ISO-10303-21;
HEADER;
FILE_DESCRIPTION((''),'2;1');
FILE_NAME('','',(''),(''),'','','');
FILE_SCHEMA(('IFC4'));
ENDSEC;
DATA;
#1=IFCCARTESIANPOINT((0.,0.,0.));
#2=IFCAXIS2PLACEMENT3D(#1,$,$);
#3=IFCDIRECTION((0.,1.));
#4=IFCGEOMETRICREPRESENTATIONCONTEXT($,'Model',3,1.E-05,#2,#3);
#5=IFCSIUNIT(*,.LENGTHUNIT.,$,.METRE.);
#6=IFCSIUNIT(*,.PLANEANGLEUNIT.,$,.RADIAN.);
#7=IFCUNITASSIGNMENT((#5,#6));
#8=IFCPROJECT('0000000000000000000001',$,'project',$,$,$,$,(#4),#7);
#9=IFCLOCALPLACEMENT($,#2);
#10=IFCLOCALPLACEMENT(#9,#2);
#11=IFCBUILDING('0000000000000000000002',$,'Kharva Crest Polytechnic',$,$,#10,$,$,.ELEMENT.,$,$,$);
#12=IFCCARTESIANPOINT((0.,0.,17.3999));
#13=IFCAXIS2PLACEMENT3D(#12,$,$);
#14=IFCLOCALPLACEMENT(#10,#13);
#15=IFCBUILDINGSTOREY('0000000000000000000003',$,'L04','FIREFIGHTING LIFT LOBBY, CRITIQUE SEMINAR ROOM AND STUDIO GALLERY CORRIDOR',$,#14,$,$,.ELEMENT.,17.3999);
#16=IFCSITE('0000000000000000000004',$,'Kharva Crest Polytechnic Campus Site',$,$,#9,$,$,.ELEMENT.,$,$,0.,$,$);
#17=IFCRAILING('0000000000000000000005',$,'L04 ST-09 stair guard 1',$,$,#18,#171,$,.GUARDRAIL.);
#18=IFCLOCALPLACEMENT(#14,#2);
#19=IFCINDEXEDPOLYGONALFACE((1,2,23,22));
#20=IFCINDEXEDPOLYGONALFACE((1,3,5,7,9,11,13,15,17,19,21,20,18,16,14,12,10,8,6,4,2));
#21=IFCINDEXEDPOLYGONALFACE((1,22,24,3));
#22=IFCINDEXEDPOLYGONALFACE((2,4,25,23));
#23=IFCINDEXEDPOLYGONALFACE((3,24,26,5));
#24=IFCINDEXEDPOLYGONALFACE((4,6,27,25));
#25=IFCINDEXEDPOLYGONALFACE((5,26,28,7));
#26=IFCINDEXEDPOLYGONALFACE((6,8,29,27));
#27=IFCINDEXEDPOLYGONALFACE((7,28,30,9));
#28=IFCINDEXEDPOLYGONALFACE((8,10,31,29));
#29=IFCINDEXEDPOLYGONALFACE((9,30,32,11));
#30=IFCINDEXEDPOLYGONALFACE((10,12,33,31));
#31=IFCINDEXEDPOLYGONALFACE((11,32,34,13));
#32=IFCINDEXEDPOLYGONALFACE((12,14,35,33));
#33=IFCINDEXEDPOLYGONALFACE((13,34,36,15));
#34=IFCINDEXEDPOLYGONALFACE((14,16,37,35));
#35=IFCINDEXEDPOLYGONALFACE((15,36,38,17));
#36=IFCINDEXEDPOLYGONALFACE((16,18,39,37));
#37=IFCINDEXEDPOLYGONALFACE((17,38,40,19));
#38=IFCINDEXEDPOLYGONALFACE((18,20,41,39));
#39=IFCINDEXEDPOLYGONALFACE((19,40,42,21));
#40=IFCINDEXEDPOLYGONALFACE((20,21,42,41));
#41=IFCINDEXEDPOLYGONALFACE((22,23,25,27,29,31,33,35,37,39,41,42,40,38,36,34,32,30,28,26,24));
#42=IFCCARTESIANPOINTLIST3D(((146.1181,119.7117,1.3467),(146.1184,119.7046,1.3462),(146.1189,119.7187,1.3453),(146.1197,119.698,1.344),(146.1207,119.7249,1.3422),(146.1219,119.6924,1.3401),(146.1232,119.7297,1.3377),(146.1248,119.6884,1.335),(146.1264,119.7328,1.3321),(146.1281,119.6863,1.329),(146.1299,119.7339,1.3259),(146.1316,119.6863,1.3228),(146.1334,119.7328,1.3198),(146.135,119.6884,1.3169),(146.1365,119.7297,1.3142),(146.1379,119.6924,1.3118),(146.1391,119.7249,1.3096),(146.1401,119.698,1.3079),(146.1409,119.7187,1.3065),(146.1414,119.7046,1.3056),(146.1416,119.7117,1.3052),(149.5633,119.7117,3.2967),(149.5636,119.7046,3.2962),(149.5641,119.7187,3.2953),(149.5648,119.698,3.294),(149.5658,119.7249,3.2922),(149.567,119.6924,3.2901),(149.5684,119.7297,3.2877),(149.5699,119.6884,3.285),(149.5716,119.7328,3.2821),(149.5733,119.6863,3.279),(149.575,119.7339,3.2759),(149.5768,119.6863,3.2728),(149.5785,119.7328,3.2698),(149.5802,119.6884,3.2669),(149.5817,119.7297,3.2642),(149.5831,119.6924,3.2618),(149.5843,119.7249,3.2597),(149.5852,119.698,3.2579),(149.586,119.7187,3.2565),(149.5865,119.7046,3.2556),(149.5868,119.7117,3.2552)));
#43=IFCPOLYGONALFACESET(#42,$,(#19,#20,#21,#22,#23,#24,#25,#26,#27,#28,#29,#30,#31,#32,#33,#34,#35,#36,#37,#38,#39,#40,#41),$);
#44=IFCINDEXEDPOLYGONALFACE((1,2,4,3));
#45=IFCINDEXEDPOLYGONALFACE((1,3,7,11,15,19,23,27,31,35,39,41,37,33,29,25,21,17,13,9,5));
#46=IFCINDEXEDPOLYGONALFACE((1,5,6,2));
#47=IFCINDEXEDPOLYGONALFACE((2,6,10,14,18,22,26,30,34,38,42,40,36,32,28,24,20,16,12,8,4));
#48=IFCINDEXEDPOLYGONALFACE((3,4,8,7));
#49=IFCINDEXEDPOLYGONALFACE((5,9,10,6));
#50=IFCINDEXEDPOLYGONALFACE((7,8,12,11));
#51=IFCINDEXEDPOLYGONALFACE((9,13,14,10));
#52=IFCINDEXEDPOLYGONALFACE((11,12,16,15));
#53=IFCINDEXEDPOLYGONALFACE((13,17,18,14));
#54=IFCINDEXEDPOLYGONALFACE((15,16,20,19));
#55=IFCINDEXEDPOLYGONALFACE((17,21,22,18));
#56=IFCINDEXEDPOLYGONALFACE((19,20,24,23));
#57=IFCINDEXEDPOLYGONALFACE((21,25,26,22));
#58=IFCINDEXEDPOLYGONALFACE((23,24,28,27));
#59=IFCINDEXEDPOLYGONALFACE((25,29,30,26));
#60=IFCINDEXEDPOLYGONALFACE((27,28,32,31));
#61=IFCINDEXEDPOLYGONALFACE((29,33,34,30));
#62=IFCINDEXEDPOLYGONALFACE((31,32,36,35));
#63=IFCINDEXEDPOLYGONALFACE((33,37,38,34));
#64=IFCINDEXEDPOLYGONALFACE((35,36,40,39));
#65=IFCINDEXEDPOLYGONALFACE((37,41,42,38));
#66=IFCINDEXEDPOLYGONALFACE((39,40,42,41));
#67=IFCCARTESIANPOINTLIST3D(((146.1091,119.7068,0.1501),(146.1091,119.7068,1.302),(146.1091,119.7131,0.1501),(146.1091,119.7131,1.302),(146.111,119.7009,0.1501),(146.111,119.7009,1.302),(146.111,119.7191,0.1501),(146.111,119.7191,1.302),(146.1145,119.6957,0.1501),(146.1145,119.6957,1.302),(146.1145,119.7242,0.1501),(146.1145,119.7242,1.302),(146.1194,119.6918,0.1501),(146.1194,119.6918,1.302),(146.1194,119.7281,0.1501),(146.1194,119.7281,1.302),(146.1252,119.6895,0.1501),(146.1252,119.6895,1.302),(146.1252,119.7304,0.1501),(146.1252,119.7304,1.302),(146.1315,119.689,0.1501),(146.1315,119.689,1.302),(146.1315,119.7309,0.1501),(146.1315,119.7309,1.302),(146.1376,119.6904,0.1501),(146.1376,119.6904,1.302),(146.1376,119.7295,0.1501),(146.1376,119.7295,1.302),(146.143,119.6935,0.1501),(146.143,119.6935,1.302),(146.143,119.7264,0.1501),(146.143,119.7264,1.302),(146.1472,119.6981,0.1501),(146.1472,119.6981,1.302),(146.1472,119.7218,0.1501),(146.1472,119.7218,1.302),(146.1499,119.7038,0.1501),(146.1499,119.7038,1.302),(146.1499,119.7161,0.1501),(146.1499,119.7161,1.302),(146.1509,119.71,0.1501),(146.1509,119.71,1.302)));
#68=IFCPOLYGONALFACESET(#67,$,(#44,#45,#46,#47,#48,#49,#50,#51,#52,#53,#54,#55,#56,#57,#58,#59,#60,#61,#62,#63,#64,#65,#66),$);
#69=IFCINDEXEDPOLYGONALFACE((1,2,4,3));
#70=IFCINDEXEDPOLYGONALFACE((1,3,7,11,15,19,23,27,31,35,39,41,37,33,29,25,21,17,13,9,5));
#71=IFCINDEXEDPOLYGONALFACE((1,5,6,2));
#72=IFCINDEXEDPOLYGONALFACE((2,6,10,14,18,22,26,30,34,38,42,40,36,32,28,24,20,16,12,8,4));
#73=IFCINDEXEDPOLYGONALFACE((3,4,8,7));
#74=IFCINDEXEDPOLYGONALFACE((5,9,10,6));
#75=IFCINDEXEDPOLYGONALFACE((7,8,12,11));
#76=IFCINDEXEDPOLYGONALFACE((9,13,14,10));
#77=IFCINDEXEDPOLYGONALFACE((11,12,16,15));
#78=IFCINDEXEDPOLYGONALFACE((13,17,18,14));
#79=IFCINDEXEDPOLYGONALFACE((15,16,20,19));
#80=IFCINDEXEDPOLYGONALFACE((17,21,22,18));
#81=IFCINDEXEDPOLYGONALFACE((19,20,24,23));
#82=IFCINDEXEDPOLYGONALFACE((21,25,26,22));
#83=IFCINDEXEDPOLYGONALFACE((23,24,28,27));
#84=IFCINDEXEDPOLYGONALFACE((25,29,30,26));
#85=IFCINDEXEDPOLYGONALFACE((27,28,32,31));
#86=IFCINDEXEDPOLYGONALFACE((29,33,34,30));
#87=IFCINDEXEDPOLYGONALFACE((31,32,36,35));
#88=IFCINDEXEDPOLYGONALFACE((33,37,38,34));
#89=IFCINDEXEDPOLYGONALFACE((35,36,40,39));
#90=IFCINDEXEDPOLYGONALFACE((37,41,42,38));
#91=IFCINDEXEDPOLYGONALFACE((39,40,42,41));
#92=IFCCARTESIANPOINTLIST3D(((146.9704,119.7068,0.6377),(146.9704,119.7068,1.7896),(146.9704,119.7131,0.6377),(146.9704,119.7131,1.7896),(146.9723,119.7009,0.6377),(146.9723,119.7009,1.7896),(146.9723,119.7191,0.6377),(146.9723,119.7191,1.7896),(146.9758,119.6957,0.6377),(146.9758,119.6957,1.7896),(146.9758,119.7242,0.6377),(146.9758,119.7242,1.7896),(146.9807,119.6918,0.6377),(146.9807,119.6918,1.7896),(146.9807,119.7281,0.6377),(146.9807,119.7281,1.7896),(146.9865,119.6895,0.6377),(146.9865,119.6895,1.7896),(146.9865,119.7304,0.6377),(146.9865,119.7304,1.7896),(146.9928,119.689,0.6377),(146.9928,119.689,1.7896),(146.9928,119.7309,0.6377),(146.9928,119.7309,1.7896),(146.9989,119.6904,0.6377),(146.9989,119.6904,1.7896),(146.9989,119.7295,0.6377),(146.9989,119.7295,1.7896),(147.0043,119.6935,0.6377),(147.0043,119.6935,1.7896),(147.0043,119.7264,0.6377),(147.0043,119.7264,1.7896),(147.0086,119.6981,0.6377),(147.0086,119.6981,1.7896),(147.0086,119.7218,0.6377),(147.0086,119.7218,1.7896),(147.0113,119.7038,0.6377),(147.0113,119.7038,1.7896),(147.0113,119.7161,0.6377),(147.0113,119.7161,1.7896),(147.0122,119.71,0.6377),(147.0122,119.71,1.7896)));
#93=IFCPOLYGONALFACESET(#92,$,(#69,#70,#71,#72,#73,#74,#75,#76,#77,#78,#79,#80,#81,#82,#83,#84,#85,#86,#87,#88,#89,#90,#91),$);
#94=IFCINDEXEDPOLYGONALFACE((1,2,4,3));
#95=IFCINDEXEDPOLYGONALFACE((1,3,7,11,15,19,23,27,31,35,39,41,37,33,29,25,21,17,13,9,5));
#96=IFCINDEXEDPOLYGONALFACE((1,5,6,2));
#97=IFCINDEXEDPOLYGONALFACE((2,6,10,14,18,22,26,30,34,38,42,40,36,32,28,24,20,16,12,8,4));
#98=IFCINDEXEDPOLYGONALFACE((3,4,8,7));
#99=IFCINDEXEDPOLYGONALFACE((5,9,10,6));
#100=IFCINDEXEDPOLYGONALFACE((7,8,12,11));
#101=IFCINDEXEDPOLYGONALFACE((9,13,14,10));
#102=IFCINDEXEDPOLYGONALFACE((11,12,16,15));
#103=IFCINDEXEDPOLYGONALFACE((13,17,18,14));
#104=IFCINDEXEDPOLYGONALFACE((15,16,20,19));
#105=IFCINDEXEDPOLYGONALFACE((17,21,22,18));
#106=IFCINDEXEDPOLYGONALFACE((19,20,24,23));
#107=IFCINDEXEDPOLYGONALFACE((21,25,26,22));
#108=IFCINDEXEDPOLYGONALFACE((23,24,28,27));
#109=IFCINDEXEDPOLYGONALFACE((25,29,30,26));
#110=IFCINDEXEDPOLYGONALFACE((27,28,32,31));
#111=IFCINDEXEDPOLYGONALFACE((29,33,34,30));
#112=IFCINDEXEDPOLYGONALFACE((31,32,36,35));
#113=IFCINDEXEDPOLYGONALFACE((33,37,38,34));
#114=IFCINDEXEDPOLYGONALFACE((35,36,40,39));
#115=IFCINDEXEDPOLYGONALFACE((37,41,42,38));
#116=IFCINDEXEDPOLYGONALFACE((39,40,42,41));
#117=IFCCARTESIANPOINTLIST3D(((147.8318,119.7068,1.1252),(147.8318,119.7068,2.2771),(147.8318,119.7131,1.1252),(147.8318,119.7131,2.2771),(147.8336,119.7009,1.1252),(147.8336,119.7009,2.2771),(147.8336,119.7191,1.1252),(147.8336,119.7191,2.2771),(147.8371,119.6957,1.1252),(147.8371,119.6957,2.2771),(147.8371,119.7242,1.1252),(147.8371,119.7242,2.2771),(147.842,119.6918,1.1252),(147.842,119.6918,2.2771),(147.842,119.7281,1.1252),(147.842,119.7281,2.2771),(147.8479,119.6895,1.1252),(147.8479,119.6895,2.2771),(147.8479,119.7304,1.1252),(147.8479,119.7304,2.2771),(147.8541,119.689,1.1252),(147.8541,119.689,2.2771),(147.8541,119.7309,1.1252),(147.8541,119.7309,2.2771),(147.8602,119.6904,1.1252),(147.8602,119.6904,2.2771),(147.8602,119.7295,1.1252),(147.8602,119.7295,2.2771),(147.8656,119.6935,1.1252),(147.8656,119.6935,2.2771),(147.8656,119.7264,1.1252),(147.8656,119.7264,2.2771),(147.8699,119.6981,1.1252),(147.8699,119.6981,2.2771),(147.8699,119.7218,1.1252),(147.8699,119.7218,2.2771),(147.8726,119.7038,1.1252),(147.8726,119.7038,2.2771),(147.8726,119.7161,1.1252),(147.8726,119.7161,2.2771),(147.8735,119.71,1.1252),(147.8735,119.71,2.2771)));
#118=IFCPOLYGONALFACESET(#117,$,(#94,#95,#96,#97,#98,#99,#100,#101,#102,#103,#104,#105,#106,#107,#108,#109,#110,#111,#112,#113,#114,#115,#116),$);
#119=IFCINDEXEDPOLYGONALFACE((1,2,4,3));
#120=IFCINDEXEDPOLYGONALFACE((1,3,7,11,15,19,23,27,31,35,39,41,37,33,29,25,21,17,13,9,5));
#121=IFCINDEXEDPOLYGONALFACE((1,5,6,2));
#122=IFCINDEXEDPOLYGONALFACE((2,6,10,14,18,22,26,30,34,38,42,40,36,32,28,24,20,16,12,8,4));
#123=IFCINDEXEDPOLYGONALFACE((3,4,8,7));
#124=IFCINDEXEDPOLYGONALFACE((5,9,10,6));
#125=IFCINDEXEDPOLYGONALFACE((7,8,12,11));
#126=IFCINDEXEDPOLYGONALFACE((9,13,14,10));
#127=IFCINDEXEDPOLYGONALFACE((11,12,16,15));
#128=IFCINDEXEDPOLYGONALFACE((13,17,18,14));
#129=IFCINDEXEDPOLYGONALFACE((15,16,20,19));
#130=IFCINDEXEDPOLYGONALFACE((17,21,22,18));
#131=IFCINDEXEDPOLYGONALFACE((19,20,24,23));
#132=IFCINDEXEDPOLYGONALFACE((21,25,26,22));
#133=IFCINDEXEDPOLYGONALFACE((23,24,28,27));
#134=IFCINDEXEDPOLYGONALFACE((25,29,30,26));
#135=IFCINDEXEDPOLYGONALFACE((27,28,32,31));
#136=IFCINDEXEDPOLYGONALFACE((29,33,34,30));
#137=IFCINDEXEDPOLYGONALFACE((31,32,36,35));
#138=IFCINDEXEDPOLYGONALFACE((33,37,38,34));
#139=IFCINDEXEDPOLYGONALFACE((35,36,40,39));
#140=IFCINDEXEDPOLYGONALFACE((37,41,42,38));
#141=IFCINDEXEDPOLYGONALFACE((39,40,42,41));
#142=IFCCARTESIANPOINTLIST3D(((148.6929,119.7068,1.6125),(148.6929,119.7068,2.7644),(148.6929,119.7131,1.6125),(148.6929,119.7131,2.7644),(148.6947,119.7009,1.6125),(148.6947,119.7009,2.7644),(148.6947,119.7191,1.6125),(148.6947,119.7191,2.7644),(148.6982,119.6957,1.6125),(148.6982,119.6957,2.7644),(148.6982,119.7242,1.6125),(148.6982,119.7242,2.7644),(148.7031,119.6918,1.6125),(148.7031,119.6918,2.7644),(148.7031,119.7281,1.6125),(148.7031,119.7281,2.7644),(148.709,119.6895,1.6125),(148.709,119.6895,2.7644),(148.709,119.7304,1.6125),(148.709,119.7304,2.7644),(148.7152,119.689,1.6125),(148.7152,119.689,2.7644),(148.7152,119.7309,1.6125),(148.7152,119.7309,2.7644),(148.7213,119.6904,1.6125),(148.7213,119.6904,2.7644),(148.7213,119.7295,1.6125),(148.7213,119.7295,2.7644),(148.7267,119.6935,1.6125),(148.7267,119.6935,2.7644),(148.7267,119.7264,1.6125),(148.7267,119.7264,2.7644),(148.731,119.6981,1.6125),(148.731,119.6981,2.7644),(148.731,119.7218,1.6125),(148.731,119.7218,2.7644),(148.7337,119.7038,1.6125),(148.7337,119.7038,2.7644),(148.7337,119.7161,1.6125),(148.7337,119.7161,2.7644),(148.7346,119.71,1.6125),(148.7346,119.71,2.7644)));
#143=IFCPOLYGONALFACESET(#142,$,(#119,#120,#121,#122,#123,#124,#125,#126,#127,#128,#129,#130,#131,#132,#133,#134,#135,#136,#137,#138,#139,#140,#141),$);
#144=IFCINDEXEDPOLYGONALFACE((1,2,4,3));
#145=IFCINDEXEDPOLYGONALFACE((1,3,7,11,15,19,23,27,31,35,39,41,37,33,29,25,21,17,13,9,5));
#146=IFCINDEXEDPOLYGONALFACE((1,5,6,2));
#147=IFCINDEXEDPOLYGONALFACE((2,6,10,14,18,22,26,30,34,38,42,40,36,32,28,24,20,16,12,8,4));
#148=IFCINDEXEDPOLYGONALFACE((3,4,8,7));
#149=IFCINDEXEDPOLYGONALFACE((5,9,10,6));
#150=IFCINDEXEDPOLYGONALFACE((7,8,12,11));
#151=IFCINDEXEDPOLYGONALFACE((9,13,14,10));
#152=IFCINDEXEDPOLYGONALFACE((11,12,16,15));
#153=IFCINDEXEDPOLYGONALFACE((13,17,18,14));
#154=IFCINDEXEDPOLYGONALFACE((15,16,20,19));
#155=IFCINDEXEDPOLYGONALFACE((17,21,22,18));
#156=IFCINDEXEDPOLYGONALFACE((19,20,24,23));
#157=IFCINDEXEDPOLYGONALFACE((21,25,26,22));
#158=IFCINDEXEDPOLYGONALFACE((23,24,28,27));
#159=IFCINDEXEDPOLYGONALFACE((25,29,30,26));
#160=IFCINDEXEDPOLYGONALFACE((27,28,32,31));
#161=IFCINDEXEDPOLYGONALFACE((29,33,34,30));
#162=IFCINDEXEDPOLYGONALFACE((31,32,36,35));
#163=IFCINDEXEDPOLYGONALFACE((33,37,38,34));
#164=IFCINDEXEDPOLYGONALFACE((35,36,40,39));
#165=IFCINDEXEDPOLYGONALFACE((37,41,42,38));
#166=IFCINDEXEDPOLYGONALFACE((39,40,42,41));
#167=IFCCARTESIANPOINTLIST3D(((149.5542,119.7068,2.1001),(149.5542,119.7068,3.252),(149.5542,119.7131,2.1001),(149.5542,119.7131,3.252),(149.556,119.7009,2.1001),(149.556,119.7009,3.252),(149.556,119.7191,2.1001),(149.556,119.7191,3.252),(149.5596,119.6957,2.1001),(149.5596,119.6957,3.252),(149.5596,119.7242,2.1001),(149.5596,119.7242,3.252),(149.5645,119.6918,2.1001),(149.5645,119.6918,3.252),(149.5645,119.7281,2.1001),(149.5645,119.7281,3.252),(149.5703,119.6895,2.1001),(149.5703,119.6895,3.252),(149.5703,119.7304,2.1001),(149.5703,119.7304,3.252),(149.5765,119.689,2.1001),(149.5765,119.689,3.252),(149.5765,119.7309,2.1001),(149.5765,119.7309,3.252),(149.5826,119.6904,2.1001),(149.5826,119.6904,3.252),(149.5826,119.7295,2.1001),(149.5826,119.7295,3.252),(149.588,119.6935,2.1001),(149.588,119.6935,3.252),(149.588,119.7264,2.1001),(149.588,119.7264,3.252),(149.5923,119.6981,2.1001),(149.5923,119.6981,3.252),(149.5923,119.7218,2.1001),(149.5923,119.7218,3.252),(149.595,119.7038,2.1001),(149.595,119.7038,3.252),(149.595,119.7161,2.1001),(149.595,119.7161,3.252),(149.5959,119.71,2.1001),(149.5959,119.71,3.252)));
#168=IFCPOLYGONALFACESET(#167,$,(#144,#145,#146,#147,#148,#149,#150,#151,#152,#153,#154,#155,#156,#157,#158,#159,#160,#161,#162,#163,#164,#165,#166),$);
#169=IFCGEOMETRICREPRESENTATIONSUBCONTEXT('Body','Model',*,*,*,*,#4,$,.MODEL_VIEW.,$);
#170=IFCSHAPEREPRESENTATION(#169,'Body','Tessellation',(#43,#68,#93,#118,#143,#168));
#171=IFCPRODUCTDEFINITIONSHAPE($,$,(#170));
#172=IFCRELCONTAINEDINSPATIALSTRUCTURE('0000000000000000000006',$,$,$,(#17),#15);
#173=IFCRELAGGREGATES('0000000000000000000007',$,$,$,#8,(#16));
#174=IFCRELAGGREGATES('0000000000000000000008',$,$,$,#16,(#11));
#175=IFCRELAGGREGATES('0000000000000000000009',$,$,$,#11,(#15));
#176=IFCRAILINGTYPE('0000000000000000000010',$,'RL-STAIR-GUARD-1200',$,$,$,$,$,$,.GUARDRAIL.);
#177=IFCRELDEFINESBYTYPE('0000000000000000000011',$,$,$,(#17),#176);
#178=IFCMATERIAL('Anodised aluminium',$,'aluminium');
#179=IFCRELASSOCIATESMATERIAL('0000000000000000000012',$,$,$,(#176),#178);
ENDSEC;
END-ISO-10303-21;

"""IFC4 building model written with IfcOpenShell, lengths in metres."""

from ifc_helpers import new_model, si_unit, direction, frame, origin, origin_2d, place, context, subcontext, project, spatial, circle, extrude, material, type_object, element, save


model = new_model("IFC4")

# Units and contexts
model_context = context("Model", 3, precision=1e-05, world=origin(), true_north=direction((0.0, 1.0)))
body_context = subcontext(model_context, "Body", "Model", "MODEL_VIEW")
ifc_project = project(units=[si_unit("LENGTHUNIT", "METRE"), si_unit("PLANEANGLEUNIT", "RADIAN")], contexts=[model_context])

# Site, building, storey
site_placement = place(None, origin())
site = spatial("IfcSite", under=ifc_project, at=site_placement, Name="Kharva Crest Polytechnic Campus Site", CompositionType="ELEMENT", RefElevation=0.0)
building_placement = place(site_placement, origin())
building = spatial("IfcBuilding", under=site, at=building_placement, Name="Kharva Crest Polytechnic", CompositionType="ELEMENT")
storey_placement = place(building_placement, frame((0.0, 0.0, 17.3999)))
storey = spatial("IfcBuildingStorey", under=building, at=storey_placement, Name="L04", Description="FIREFIGHTING LIFT LOBBY, CRITIQUE SEMINAR ROOM AND STUDIO GALLERY CORRIDOR", CompositionType="ELEMENT", Elevation=17.3999)

# Railing
ifc_material_1 = material(Name="Anodised aluminium", Category="aluminium")
railing_type_1 = type_object("IfcRailingType", Name="RL-STAIR-GUARD-1200", PredefinedType="GUARDRAIL", material=ifc_material_1)
railing_1_placement = place(storey_placement, frame((146.1299, 119.71, 0.1501)))
element("IfcRailing", 1, at=railing_1_placement, inside=storey, type_object=railing_type_1, Name="L04 ST-09 stair guard 1", PredefinedType="GUARDRAIL", context=body_context, shape_type="SweptSolid", body=[
    extrude(circle(Radius=0.0239, at=origin_2d()), frame((0.0, 0.0, 1.1758), z_axis=(0.870266, 0.0, 0.492581), x_axis=(0.0, 1.0, 0.0)), (0.0, 0.0, 1.0), 3.9587),
    extrude(circle(Radius=0.021, at=origin_2d()), origin(), (0.0, 0.0, 1.0), 1.1519),
    extrude(circle(Radius=0.021, at=origin_2d()), frame((0.8613, 0.0, 0.4875)), (0.0, 0.0, 1.0), 1.1519),
    extrude(circle(Radius=0.021, at=origin_2d()), frame((1.7227, 0.0, 0.9751)), (0.0, 0.0, 1.0), 1.1519),
    extrude(circle(Radius=0.021, at=origin_2d()), frame((2.5837, 0.0, 1.4624)), (0.0, 0.0, 1.0), 1.1519),
    extrude(circle(Radius=0.021, at=origin_2d()), frame((3.4451, 0.0, 1.95)), (0.0, 0.0, 1.0), 1.1519),
])

save(model, "model.ifc")
